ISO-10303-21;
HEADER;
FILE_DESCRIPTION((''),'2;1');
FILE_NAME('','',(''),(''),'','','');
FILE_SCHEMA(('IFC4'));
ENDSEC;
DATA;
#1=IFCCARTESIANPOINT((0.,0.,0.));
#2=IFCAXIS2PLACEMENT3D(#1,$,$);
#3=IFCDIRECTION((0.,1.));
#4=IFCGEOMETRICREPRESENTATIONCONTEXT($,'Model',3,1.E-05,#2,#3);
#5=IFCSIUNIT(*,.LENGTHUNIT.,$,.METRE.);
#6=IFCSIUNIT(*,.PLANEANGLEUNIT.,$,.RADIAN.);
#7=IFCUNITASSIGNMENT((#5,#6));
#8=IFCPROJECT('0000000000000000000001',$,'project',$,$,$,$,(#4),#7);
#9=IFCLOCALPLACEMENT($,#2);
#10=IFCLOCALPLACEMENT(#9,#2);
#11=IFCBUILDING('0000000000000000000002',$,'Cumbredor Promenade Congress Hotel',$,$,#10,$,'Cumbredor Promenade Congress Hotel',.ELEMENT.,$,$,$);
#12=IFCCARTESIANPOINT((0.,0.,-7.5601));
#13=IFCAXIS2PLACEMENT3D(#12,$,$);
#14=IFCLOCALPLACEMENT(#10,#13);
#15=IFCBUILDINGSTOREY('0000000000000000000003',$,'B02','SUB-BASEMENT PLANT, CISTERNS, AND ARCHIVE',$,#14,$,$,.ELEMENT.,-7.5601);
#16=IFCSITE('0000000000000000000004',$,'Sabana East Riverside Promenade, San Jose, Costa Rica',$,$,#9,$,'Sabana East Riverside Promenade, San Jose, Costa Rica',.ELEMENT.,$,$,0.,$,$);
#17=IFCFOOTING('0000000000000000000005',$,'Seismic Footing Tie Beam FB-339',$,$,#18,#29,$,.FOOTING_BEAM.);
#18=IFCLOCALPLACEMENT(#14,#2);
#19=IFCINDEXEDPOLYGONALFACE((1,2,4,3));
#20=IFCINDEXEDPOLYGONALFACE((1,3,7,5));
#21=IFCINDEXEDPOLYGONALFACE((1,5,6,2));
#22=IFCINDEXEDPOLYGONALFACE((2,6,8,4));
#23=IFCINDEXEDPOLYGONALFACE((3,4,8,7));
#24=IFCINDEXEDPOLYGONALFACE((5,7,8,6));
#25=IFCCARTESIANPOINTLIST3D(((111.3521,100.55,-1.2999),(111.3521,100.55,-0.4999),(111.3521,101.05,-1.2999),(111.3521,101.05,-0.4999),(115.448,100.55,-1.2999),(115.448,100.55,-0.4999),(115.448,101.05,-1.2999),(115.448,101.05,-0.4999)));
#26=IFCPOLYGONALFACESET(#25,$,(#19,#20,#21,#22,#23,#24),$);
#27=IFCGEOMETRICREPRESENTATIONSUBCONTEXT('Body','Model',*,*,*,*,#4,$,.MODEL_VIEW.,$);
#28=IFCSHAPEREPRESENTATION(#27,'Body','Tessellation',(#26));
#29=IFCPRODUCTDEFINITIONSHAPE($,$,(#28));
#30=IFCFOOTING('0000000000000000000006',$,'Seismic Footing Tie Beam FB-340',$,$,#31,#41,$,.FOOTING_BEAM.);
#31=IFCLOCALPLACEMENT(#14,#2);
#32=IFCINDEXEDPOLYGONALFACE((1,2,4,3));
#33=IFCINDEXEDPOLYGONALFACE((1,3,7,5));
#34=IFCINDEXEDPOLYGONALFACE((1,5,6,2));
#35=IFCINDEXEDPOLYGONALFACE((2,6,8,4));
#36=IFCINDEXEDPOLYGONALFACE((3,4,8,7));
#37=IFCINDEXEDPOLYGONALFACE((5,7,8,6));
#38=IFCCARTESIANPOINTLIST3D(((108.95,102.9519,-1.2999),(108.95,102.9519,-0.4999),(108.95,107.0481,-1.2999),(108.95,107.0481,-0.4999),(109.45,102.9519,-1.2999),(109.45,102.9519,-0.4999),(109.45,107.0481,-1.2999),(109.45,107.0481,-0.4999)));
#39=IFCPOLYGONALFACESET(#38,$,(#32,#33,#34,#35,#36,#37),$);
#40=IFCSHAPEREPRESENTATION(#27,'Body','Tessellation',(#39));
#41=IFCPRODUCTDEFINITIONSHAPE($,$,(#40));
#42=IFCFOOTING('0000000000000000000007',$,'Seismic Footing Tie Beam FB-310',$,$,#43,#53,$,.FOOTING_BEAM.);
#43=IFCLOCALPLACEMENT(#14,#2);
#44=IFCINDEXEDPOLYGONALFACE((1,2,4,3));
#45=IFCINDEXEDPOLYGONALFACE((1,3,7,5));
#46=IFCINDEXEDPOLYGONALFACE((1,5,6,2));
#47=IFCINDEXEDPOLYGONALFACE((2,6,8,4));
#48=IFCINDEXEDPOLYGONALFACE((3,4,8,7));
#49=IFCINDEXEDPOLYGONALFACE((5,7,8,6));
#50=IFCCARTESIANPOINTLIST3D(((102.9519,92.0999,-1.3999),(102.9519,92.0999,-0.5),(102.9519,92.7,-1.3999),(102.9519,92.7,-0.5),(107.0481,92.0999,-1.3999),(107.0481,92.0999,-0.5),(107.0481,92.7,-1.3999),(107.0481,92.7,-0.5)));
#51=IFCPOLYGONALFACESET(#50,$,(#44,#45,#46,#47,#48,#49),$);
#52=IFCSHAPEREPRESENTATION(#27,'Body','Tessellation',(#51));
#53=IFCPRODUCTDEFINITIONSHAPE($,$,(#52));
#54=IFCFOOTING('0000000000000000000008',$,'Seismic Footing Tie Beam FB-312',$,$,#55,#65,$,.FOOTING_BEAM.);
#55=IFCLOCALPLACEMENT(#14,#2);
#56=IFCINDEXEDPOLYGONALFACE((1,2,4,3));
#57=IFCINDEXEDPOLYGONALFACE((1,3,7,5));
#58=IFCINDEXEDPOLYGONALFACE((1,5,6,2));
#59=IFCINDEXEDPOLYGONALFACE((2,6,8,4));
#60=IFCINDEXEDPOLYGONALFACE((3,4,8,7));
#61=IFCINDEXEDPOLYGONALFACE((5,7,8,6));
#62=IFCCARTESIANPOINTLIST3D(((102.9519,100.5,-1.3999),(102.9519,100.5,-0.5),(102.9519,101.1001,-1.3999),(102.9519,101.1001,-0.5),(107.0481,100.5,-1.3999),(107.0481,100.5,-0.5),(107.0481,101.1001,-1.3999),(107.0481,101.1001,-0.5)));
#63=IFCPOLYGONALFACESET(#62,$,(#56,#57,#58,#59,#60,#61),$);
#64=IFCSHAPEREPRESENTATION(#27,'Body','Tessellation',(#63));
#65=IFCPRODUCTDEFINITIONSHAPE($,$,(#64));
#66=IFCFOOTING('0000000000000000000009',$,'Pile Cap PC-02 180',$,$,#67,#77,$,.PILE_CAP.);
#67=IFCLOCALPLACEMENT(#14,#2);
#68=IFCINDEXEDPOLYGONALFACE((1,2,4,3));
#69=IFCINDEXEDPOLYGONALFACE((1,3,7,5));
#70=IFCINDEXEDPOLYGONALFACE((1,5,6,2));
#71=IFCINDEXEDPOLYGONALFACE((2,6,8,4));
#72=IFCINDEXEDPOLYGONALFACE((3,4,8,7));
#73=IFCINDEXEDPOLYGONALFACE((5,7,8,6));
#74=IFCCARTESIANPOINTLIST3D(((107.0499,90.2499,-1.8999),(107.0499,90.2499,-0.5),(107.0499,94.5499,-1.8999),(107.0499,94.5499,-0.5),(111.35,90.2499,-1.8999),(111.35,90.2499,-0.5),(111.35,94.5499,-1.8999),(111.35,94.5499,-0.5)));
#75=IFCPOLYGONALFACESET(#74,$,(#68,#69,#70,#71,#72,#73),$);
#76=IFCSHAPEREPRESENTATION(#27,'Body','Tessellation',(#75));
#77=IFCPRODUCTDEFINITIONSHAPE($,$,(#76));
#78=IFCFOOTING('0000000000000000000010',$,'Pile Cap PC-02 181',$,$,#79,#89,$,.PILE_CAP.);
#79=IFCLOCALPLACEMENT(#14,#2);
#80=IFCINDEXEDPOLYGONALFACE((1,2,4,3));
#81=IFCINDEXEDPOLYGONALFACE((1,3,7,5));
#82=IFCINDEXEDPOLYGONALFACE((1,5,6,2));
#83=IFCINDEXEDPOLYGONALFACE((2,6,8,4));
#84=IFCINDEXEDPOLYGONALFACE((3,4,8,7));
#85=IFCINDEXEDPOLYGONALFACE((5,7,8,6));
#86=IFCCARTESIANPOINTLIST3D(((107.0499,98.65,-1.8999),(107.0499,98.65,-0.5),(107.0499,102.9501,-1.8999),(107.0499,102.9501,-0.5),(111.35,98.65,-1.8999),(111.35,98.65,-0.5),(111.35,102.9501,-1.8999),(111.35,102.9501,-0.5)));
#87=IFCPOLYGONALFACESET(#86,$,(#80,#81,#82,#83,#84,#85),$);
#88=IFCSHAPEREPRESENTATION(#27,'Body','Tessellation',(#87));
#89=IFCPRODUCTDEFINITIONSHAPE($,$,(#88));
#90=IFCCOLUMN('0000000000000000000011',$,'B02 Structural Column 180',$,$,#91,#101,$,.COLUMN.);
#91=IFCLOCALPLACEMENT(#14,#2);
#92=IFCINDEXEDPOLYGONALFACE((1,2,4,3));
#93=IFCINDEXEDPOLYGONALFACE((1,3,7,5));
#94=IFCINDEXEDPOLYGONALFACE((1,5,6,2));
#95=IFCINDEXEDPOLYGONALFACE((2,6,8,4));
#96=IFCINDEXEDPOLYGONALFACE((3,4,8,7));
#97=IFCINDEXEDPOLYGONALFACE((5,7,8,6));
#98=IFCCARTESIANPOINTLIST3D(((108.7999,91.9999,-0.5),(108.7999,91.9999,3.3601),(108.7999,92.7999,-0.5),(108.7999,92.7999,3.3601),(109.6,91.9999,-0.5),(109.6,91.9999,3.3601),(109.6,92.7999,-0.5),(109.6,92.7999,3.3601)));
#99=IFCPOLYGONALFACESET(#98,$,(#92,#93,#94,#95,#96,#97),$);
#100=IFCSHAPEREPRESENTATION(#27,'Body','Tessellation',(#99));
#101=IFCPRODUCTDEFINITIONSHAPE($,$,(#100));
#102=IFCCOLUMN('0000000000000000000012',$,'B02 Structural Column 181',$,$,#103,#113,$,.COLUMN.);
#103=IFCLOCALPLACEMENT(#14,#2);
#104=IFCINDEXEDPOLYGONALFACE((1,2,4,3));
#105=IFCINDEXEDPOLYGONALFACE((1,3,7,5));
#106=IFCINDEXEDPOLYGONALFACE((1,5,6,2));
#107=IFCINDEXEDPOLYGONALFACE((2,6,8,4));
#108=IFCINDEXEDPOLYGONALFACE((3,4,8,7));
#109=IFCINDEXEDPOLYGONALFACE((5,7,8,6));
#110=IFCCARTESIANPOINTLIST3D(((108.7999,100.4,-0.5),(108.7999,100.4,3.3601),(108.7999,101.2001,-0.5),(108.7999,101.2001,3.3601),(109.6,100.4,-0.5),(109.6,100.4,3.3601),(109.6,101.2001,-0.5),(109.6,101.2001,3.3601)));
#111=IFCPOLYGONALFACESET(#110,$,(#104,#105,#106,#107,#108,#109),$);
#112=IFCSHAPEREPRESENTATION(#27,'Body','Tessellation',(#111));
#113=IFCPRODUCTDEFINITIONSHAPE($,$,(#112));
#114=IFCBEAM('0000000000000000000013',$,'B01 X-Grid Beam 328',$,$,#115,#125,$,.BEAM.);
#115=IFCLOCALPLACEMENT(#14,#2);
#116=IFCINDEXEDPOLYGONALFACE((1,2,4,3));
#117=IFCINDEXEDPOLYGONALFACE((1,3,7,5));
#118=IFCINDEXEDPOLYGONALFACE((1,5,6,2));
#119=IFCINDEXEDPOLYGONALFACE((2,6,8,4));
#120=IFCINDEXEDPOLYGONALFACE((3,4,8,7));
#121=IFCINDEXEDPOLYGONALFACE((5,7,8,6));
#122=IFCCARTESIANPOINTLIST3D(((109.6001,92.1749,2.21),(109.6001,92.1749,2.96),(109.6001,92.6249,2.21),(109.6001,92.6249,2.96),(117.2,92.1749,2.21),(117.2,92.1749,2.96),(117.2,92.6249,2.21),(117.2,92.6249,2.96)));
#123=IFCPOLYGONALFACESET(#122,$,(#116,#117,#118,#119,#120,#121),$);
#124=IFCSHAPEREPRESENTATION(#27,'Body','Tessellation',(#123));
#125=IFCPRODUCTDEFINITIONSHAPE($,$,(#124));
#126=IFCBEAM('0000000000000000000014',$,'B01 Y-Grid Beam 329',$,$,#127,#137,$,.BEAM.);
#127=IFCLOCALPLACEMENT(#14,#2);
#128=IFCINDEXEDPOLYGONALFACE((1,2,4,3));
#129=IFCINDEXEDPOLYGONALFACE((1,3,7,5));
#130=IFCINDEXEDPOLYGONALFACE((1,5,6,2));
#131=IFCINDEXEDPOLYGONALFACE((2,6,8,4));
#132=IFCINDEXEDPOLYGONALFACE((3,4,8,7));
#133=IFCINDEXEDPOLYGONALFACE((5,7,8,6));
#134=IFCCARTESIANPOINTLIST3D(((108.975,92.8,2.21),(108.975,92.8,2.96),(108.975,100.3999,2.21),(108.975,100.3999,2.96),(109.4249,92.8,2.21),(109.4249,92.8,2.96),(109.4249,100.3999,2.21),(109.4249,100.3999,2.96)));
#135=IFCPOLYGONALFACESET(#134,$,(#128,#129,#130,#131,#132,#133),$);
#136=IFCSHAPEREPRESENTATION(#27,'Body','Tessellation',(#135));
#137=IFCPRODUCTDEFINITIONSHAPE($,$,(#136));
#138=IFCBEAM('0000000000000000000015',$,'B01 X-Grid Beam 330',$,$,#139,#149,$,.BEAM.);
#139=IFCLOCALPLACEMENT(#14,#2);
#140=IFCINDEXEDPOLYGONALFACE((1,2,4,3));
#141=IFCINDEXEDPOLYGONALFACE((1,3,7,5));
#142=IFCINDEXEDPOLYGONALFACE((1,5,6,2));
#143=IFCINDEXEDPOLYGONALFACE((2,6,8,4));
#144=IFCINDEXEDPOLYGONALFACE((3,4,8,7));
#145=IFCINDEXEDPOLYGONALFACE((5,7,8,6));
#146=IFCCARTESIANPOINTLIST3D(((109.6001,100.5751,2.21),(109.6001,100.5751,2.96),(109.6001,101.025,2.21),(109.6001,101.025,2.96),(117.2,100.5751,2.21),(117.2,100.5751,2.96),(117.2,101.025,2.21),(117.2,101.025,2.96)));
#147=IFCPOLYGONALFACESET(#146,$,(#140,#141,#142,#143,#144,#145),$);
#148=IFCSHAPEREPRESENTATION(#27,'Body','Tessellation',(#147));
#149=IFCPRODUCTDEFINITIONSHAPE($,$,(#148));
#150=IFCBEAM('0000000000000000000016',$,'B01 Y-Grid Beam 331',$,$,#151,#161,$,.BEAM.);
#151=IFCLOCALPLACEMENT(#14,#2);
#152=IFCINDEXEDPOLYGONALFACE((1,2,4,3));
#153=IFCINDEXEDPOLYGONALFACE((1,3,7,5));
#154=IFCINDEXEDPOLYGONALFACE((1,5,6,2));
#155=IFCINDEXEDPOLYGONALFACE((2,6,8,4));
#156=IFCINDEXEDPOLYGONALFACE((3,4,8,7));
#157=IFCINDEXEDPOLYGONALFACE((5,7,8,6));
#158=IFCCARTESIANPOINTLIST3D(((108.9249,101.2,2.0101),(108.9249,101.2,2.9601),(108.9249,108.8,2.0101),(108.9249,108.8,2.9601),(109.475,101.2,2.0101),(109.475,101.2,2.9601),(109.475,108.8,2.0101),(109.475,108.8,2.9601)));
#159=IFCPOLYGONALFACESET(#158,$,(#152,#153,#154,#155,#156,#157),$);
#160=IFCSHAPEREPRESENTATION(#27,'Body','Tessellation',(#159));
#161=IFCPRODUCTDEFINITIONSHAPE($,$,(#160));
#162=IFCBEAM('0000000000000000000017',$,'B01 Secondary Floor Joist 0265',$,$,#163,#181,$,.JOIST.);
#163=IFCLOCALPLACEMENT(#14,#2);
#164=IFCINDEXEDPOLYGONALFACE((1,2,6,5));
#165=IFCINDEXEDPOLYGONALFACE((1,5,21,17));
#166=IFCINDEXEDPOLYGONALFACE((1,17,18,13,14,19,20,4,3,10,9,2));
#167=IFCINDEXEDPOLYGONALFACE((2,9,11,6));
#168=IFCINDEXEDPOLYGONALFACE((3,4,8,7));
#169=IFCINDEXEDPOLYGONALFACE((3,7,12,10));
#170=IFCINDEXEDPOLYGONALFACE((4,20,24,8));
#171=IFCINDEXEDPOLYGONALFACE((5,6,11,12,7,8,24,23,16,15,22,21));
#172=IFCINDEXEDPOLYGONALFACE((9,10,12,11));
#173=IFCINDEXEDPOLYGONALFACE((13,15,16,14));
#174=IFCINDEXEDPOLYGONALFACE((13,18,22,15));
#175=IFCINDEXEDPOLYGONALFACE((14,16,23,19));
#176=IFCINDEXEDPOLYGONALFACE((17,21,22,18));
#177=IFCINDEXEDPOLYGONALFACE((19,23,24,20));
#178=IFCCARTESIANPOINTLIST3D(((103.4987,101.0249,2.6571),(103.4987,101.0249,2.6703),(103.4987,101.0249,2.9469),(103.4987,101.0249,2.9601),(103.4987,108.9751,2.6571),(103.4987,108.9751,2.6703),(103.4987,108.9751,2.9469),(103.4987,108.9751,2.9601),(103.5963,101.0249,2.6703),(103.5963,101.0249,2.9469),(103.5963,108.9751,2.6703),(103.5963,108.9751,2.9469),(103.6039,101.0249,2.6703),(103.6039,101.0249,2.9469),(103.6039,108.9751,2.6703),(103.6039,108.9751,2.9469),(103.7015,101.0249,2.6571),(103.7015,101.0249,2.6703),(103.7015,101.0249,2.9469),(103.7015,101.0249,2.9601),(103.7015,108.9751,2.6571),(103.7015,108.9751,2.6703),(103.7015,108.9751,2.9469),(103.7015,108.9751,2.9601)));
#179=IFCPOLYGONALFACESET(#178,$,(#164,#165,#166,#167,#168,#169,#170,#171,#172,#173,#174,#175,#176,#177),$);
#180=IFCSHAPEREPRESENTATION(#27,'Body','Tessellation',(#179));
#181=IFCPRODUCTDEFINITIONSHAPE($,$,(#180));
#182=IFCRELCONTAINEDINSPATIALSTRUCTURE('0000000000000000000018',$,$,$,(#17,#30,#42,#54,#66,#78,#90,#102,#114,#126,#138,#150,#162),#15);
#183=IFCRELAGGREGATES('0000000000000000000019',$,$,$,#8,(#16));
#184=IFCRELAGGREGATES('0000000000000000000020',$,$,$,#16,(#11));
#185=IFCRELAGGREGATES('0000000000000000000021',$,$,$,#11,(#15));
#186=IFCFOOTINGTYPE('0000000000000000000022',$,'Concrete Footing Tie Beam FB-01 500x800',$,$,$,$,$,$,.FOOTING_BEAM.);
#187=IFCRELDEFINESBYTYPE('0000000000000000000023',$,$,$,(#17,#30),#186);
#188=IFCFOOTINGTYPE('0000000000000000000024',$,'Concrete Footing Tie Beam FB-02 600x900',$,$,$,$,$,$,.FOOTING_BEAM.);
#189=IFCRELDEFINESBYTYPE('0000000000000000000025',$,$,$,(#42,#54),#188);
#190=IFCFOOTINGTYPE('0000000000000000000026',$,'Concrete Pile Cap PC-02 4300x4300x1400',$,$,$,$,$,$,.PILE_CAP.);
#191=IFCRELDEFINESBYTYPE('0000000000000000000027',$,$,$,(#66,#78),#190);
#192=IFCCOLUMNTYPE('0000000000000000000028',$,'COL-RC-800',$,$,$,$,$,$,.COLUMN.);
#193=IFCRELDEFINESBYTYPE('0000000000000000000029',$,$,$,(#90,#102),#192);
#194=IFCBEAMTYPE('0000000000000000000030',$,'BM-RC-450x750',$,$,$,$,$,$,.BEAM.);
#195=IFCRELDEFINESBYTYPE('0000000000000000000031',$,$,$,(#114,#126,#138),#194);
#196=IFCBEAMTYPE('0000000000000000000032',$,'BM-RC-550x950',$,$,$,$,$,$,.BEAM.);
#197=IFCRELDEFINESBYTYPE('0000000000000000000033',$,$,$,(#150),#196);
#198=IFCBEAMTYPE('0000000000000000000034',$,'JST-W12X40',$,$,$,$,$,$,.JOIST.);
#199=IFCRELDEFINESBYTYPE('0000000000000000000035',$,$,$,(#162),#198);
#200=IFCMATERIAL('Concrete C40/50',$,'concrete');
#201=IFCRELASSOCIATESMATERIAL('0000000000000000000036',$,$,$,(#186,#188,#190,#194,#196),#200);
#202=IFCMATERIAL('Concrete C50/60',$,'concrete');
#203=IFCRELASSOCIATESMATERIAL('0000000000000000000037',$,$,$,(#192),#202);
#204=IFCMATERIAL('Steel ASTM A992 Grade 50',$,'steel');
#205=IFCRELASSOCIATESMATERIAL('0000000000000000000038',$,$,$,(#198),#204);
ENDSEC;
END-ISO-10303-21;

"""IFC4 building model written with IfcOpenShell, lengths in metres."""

from ifc_helpers import new_model, si_unit, direction, frame, origin, origin_2d, place, context, subcontext, project, spatial, rectangle, i_section, extrude, material, material_profile, profile_set, type_object, element, save


model = new_model("IFC4")

# Units and contexts
model_context = context("Model", 3, precision=1e-05, world=origin(), true_north=direction((0.0, 1.0)))
body_context = subcontext(model_context, "Body", "Model", "MODEL_VIEW")
ifc_project = project(units=[si_unit("LENGTHUNIT", "METRE"), si_unit("PLANEANGLEUNIT", "RADIAN")], contexts=[model_context])

# Site, building, storey
site_placement = place(None, origin())
site = spatial("IfcSite", under=ifc_project, at=site_placement, Name="Sabana East Riverside Promenade, San Jose, Costa Rica", LongName="Sabana East Riverside Promenade, San Jose, Costa Rica", CompositionType="ELEMENT", RefElevation=0.0)
building_placement = place(site_placement, origin())
building = spatial("IfcBuilding", under=site, at=building_placement, Name="Cumbredor Promenade Congress Hotel", LongName="Cumbredor Promenade Congress Hotel", CompositionType="ELEMENT")
storey_placement = place(building_placement, frame((0.0, 0.0, -7.5601)))
storey = spatial("IfcBuildingStorey", under=building, at=storey_placement, Name="B02", Description="SUB-BASEMENT PLANT, CISTERNS, AND ARCHIVE", CompositionType="ELEMENT", Elevation=-7.5601)

# Shared definitions
ifc_material_1 = material(Name="Concrete C40/50", Category="concrete")

# Footings
ifc_material_profile_1 = material_profile(ifc_material_1, rectangle(XDim=0.5, YDim=0.8, at=origin_2d()), Name="FB 500x800")
ifc_profile_set_1 = profile_set([ifc_material_profile_1], Name="Concrete C40/50")
footing_type_1 = type_object("IfcFootingType", Name="Concrete Footing Tie Beam FB-01 500x800", PredefinedType="FOOTING_BEAM", material=ifc_profile_set_1)
for number, where, z_axis, x_axis, name in (
    (1, (111.3521, 100.8, -0.8999), (1.0, 0.0, 0.0), (0.0, 1.0, 0.0), "Seismic Footing Tie Beam FB-339"),
):
    element("IfcFooting", number, at=place(storey_placement, frame(where, z_axis=z_axis, x_axis=x_axis)), inside=storey, type_object=footing_type_1, Name=name, PredefinedType="FOOTING_BEAM", context=body_context, shape_type="SweptSolid", body=[
        extrude(rectangle(XDim=0.5, YDim=0.8, at=origin_2d()), origin(), (0.0, 0.0, 1.0), 4.0959),
    ])
footing_placement = place(storey_placement, frame((109.2, 102.9519, -0.8999), z_axis=(0.0, 1.0, 0.0), x_axis=(-1.0, 0.0, 0.0)))
element("IfcFooting", 2, at=footing_placement, inside=storey, type_object=footing_type_1, Name="Seismic Footing Tie Beam FB-340", PredefinedType="FOOTING_BEAM", context=body_context, shape_type="SweptSolid", body=[
    extrude(rectangle(XDim=0.5, YDim=0.8, at=origin_2d()), origin(), (0.0, 0.0, 1.0), 4.0962),
])
ifc_material_profile_2 = material_profile(ifc_material_1, rectangle(XDim=0.6001, YDim=0.8999, at=origin_2d()), Name="FB 600x900")
ifc_profile_set_2 = profile_set([ifc_material_profile_2], Name="Concrete C40/50")
footing_type_2 = type_object("IfcFootingType", Name="Concrete Footing Tie Beam FB-02 600x900", PredefinedType="FOOTING_BEAM", material=ifc_profile_set_2)
for number, where, z_axis, x_axis, name in (
    (3, (102.9519, 92.3999, -0.95), (1.0, 0.0, 0.0), (0.0, 1.0, 0.0), "Seismic Footing Tie Beam FB-310"),
    (4, (102.9519, 100.8, -0.95), (1.0, 0.0, 0.0), (0.0, 1.0, 0.0), "Seismic Footing Tie Beam FB-312"),
):
    element("IfcFooting", number, at=place(storey_placement, frame(where, z_axis=z_axis, x_axis=x_axis)), inside=storey, type_object=footing_type_2, Name=name, PredefinedType="FOOTING_BEAM", context=body_context, shape_type="SweptSolid", body=[
        extrude(rectangle(XDim=0.6001, YDim=0.8999, at=origin_2d()), origin(), (0.0, 0.0, 1.0), 4.0962),
    ])
footing_type_3 = type_object("IfcFootingType", Name="Concrete Pile Cap PC-02 4300x4300x1400", PredefinedType="PILE_CAP", material=ifc_material_1)
for number, where, z_axis, x_axis, name in (
    (5, (109.2, 92.3999, -1.8999), (0.0, 0.0, 1.0), (1.0, 0.0, 0.0), "Pile Cap PC-02 180"),
    (6, (109.2, 100.8, -1.8999), (0.0, 0.0, 1.0), (1.0, 0.0, 0.0), "Pile Cap PC-02 181"),
):
    element("IfcFooting", number, at=place(storey_placement, frame(where, z_axis=z_axis, x_axis=x_axis)), inside=storey, type_object=footing_type_3, Name=name, PredefinedType="PILE_CAP", context=body_context, shape_type="SweptSolid", body=[
        extrude(rectangle(XDim=4.3, YDim=4.3, at=origin_2d()), origin(), (0.0, 0.0, 1.0), 1.3999),
    ])

# Columns
ifc_material_2 = material(Name="Concrete C50/60", Category="concrete")
ifc_material_profile_3 = material_profile(ifc_material_2, rectangle(XDim=0.8, YDim=0.8, at=origin_2d()), Name="RC 800x800")
ifc_profile_set_3 = profile_set([ifc_material_profile_3], Name="Concrete C50/60")
column_type = type_object("IfcColumnType", Name="COL-RC-800", PredefinedType="COLUMN", material=ifc_profile_set_3)
for number, where, z_axis, x_axis, name in (
    (7, (109.2, 92.3999, -0.5), (0.0, 0.0, 1.0), (1.0, 0.0, 0.0), "B02 Structural Column 180"),
    (8, (109.2, 100.8, -0.5), (0.0, 0.0, 1.0), (1.0, 0.0, 0.0), "B02 Structural Column 181"),
):
    element("IfcColumn", number, at=place(storey_placement, frame(where, z_axis=z_axis, x_axis=x_axis)), inside=storey, type_object=column_type, Name=name, PredefinedType="COLUMN", context=body_context, shape_type="SweptSolid", body=[
        extrude(rectangle(XDim=0.8, YDim=0.8, at=origin_2d()), origin(), (0.0, 0.0, 1.0), 3.8601),
    ])

# Beams
ifc_material_profile_4 = material_profile(ifc_material_1, rectangle(XDim=0.45, YDim=0.75, at=origin_2d()), Name="RC BEAM 450x750")
ifc_profile_set_4 = profile_set([ifc_material_profile_4], Name="Concrete C40/50")
beam_type_1 = type_object("IfcBeamType", Name="BM-RC-450x750", PredefinedType="BEAM", material=ifc_profile_set_4)
for number, where, z_axis, x_axis, name in (
    (9, (109.6001, 92.3999, 2.585), (1.0, 0.0, 0.0), (0.0, 1.0, 0.0), "B01 X-Grid Beam 328"),
    (10, (109.2, 92.8, 2.585), (0.0, 1.0, 0.0), (-1.0, 0.0, 0.0), "B01 Y-Grid Beam 329"),
    (11, (109.6001, 100.8, 2.585), (1.0, 0.0, 0.0), (0.0, 1.0, 0.0), "B01 X-Grid Beam 330"),
):
    element("IfcBeam", number, at=place(storey_placement, frame(where, z_axis=z_axis, x_axis=x_axis)), inside=storey, type_object=beam_type_1, Name=name, PredefinedType="BEAM", context=body_context, shape_type="SweptSolid", body=[
        extrude(rectangle(XDim=0.45, YDim=0.75, at=origin_2d()), origin(), (0.0, 0.0, 1.0), 7.5999),
    ])
ifc_material_profile_5 = material_profile(ifc_material_1, rectangle(XDim=0.55, YDim=0.95, at=origin_2d()), Name="RC BEAM 550x950")
ifc_profile_set_5 = profile_set([ifc_material_profile_5], Name="Concrete C40/50")
beam_type_2 = type_object("IfcBeamType", Name="BM-RC-550x950", PredefinedType="BEAM", material=ifc_profile_set_5)
beam_placement = place(storey_placement, frame((109.2, 101.2, 2.4851), z_axis=(0.0, 1.0, 0.0), x_axis=(-1.0, 0.0, 0.0)))
element("IfcBeam", 12, at=beam_placement, inside=storey, type_object=beam_type_2, Name="B01 Y-Grid Beam 331", PredefinedType="BEAM", context=body_context, shape_type="SweptSolid", body=[
    extrude(rectangle(XDim=0.55, YDim=0.95, at=origin_2d()), origin(), (0.0, 0.0, 1.0), 7.6001),
])
ifc_material_3 = material(Name="Steel ASTM A992 Grade 50", Category="steel")
ifc_material_profile_6 = material_profile(ifc_material_3, i_section(OverallWidth=0.2029, OverallDepth=0.303, WebThickness=0.0076, FlangeThickness=0.0132, at=origin_2d()), Name="W12X40")
ifc_profile_set_6 = profile_set([ifc_material_profile_6], Name="Steel ASTM A992 Grade 50")
beam_type_3 = type_object("IfcBeamType", Name="JST-W12X40", PredefinedType="JOIST", material=ifc_profile_set_6)
for number, where, z_axis, x_axis, name in (
    (13, (103.6001, 101.0249, 2.8086), (0.0, 1.0, 0.0), (-1.0, 0.0, 0.0), "B01 Secondary Floor Joist 0265"),
):
    element("IfcBeam", number, at=place(storey_placement, frame(where, z_axis=z_axis, x_axis=x_axis)), inside=storey, type_object=beam_type_3, Name=name, PredefinedType="JOIST", context=body_context, shape_type="SweptSolid", body=[
        extrude(i_section(OverallWidth=0.2029, OverallDepth=0.303, WebThickness=0.0076, FlangeThickness=0.0132, at=origin_2d()), origin(), (0.0, 0.0, 1.0), 7.9502),
    ])

save(model, "model.ifc")
